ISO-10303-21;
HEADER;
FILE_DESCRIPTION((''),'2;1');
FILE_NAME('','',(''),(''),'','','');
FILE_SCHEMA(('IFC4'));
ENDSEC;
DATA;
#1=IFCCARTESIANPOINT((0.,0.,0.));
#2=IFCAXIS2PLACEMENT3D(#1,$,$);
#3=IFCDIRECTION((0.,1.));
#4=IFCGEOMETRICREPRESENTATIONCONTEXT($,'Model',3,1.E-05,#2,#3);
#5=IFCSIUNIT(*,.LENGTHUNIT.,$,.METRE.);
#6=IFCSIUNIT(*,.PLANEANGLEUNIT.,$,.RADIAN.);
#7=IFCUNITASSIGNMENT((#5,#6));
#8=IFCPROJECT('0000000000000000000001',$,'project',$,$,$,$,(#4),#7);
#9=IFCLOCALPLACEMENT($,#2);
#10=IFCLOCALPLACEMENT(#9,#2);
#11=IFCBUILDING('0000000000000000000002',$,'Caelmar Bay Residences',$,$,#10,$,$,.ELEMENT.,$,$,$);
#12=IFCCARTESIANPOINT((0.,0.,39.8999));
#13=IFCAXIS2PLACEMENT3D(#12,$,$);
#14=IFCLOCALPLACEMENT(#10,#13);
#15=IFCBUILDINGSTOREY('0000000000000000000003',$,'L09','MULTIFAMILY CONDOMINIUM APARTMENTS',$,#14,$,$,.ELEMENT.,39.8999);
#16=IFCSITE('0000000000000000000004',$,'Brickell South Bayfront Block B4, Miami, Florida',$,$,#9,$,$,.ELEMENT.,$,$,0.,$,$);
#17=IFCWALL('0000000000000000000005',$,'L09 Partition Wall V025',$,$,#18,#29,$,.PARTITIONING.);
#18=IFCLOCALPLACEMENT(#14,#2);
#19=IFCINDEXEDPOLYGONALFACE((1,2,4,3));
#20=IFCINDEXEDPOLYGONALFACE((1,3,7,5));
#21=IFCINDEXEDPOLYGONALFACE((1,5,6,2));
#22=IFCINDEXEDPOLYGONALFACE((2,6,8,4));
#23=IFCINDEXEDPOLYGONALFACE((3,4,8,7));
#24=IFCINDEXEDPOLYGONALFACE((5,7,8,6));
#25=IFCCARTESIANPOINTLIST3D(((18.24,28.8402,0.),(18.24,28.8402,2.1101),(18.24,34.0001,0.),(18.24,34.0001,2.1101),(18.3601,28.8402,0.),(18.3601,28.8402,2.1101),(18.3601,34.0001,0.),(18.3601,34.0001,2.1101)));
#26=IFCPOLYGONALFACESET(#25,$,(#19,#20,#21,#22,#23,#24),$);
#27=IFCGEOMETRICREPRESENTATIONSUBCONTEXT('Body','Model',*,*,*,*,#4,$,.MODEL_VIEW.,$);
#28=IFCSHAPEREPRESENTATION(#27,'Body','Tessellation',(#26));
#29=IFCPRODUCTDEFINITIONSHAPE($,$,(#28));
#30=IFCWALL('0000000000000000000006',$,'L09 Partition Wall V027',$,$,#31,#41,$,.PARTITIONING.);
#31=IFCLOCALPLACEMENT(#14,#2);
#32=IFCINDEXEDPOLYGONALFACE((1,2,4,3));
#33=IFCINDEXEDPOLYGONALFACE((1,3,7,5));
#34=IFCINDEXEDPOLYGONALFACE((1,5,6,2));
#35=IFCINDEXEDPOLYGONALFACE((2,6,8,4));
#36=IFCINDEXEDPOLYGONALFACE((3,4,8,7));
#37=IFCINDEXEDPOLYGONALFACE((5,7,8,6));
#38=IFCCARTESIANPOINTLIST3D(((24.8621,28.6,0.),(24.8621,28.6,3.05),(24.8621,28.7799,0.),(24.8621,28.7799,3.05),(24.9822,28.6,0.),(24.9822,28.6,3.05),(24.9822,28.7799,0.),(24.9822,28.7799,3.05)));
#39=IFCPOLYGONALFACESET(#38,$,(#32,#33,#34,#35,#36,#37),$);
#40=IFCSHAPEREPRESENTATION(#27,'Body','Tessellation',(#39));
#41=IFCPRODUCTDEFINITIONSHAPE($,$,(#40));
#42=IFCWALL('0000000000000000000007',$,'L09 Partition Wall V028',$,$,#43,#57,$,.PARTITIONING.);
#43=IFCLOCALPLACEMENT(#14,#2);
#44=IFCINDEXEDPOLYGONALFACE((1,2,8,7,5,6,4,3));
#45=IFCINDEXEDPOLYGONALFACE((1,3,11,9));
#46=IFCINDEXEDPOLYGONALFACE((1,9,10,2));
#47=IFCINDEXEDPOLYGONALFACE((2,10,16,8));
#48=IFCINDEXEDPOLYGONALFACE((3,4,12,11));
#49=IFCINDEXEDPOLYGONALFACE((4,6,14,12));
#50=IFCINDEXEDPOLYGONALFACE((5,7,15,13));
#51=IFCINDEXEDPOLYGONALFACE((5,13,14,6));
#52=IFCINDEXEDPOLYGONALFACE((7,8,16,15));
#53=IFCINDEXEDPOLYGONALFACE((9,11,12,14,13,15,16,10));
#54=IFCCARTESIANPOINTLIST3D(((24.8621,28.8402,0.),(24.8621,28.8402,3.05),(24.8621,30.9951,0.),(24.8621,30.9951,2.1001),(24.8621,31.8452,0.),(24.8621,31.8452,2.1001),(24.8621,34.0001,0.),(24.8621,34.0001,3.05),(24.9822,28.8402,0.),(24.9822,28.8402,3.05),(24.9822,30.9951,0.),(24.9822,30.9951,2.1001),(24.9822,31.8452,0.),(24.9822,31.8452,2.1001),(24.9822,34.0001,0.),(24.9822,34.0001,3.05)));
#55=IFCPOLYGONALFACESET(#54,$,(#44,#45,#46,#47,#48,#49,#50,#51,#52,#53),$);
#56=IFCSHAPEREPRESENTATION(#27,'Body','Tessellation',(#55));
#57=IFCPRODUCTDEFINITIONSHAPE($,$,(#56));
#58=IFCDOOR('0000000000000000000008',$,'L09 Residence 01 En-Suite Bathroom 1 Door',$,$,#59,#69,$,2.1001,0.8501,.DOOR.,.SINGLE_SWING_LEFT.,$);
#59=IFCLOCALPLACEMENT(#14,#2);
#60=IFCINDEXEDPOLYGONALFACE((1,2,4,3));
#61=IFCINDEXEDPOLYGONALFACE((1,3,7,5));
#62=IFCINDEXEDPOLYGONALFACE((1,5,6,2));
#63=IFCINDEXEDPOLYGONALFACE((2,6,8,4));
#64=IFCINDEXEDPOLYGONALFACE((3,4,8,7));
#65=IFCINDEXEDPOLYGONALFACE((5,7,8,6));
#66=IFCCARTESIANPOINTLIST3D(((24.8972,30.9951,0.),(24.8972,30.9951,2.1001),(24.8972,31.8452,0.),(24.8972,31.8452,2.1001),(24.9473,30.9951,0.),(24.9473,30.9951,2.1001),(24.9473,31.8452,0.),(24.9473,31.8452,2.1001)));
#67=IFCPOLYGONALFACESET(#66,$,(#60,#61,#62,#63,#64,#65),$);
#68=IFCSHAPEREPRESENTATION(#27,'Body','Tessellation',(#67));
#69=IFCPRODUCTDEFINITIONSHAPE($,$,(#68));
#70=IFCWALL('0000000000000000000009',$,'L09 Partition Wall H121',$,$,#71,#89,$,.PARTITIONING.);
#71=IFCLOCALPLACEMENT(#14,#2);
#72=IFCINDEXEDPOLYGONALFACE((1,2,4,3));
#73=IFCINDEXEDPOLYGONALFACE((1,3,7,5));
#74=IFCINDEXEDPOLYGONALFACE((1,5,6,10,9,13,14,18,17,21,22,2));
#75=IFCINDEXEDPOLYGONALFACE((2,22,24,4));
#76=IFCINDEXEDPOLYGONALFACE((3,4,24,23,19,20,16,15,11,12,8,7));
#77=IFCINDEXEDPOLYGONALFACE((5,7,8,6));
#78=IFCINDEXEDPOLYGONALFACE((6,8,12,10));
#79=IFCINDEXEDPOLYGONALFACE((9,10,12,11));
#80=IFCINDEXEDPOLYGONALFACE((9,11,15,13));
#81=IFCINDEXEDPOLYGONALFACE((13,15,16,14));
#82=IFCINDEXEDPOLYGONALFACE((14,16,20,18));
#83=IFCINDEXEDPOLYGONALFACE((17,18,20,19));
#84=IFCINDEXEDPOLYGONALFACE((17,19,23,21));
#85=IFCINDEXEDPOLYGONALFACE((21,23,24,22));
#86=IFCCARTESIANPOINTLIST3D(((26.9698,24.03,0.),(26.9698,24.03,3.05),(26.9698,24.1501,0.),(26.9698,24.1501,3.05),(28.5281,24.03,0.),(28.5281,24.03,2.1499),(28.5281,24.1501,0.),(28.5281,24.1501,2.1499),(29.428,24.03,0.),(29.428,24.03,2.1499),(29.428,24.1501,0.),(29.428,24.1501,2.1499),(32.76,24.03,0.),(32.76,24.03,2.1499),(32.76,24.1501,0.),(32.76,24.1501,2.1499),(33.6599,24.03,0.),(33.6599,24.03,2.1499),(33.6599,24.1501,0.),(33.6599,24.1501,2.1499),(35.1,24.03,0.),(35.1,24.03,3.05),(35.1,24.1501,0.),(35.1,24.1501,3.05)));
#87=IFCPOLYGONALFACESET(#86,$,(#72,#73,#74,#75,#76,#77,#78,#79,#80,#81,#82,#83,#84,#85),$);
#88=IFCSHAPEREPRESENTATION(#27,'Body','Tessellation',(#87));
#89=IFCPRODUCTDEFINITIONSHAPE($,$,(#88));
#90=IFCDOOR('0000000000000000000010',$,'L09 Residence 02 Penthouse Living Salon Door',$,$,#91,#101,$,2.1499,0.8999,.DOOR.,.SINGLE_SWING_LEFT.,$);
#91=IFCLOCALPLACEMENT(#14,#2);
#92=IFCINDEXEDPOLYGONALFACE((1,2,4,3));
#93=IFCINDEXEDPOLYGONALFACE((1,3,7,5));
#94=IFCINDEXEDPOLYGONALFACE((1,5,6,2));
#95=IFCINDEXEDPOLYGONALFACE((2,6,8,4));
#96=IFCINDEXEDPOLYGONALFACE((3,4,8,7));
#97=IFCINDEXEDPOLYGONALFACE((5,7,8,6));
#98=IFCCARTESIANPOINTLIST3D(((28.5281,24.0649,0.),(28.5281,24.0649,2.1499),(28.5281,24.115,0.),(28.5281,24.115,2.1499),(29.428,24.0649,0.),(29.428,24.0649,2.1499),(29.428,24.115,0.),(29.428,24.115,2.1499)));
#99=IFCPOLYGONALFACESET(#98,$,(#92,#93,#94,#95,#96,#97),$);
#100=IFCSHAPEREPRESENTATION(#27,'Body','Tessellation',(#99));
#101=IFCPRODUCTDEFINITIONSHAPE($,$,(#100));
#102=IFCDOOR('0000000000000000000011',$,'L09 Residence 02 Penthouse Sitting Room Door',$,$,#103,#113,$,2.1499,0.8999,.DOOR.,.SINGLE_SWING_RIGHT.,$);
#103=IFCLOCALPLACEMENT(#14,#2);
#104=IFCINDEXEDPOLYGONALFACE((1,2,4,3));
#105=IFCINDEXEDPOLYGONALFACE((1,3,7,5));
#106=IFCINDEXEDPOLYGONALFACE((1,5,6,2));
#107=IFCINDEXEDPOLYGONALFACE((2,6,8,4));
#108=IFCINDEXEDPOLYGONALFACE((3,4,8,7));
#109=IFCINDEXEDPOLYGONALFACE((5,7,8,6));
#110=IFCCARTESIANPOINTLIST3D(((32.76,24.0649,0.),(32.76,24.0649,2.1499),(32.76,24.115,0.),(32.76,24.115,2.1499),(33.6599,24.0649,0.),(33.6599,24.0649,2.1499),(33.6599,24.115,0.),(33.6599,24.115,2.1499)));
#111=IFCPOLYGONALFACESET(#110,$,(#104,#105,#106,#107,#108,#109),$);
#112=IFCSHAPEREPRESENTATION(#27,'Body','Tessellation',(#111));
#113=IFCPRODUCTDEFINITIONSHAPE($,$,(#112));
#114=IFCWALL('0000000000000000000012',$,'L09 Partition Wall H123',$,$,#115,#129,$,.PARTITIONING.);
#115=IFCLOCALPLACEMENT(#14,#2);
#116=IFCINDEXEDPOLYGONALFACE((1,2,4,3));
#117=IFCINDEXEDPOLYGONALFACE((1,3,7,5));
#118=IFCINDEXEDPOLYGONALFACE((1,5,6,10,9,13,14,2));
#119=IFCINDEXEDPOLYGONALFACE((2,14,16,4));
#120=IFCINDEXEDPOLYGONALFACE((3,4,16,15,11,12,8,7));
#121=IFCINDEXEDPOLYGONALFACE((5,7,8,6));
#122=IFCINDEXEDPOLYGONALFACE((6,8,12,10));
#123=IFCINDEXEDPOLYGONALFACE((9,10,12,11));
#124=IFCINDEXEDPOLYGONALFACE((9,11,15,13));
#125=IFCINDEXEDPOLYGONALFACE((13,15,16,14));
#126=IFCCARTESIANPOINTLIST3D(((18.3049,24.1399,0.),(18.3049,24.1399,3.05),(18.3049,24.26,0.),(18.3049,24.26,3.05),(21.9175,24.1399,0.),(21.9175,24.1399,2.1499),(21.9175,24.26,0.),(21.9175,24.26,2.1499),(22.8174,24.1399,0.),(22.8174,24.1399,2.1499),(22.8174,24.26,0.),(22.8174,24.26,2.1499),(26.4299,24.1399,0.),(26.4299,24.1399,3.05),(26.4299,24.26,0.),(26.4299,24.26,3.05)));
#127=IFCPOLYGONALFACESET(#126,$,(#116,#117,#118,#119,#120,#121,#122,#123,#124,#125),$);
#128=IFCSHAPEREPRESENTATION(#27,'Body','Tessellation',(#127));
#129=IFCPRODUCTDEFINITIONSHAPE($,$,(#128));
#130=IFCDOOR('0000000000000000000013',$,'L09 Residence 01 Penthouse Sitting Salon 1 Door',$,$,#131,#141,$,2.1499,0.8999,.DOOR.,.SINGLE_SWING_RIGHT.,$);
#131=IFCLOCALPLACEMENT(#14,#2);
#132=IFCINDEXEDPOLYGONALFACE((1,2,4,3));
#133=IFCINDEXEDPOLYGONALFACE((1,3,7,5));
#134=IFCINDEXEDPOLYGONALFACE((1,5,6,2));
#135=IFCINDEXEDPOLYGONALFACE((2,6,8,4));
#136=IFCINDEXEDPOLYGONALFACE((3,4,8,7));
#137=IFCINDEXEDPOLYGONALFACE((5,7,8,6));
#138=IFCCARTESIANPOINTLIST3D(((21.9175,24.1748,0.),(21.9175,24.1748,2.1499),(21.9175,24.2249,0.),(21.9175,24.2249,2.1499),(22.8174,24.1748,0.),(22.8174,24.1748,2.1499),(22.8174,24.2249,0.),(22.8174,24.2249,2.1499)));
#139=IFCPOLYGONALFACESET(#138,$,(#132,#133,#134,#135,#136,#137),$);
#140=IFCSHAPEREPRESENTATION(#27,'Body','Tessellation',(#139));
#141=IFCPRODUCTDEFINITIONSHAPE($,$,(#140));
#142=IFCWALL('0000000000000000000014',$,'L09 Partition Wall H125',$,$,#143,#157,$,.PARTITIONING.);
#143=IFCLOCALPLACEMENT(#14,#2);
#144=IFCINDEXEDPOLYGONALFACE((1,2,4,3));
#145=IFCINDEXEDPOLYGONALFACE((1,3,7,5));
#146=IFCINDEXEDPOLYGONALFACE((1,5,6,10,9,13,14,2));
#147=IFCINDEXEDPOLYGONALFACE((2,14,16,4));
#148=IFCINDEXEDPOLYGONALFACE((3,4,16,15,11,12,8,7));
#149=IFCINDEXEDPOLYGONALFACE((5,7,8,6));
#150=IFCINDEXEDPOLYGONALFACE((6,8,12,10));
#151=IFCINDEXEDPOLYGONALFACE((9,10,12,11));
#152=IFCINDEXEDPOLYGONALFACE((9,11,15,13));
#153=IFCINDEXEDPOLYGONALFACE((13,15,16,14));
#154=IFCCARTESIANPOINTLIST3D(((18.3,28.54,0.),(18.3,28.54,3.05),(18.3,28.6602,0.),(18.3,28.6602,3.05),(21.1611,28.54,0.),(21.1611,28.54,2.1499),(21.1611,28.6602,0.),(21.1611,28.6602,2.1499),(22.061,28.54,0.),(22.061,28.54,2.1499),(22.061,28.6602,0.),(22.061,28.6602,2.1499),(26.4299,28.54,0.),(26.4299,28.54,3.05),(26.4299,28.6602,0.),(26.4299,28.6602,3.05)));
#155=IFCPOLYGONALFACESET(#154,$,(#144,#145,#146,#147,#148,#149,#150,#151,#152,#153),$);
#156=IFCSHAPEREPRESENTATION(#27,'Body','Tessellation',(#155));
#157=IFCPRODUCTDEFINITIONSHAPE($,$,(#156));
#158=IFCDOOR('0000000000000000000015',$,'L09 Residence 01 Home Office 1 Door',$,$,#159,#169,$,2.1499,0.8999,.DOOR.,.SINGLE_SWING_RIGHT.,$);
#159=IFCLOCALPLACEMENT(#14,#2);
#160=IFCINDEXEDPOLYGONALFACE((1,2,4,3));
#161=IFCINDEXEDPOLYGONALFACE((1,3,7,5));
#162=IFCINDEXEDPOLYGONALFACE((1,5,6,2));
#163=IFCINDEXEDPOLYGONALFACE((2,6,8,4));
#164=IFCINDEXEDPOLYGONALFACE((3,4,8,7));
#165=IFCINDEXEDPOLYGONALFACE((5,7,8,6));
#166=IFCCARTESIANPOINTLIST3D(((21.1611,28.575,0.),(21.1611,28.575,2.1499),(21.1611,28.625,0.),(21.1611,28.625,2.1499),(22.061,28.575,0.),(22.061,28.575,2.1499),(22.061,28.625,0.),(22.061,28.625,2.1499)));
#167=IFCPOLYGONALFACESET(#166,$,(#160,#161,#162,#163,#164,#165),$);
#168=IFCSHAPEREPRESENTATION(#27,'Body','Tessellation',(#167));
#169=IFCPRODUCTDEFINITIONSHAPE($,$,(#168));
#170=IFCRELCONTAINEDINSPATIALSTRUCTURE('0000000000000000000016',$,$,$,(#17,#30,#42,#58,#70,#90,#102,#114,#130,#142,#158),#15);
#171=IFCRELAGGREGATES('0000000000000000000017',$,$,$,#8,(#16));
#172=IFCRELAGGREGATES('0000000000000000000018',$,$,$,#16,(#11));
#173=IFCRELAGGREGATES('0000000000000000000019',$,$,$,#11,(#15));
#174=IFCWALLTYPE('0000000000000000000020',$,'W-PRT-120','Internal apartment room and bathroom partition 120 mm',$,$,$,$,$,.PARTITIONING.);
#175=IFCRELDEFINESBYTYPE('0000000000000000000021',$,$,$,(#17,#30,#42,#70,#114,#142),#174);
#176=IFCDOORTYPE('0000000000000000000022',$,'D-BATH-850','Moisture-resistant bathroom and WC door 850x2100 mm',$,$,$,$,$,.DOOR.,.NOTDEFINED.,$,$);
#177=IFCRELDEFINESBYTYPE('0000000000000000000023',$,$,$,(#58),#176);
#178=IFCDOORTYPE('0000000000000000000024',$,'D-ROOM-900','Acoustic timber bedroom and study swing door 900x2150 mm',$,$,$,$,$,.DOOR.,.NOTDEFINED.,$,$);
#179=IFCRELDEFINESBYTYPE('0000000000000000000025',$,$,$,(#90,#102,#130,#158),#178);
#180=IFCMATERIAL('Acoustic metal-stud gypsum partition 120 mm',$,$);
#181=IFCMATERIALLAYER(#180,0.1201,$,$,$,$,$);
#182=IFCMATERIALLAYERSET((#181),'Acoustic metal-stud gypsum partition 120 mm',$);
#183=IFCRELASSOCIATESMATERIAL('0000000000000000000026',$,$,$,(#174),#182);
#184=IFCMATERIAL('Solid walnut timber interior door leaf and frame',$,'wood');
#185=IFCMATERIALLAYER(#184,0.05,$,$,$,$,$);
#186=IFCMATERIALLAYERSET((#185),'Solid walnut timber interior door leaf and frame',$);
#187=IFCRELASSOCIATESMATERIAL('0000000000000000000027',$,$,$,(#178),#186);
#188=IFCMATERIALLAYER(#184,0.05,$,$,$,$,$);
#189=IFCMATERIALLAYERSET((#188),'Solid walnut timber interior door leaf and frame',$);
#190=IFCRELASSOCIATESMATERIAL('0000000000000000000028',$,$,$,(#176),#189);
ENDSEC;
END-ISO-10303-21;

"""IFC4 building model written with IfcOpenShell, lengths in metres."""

from ifc_helpers import new_model, si_unit, direction, frame, frame_2d, origin, place, context, subcontext, project, spatial, rectangle, extrude, material, layer, layer_set, type_object, element, fill, save


model = new_model("IFC4")

# Units and contexts
model_context = context("Model", 3, precision=1e-05, world=origin(), true_north=direction((0.0, 1.0)))
body_context = subcontext(model_context, "Body", "Model", "MODEL_VIEW")
ifc_project = project(units=[si_unit("LENGTHUNIT", "METRE"), si_unit("PLANEANGLEUNIT", "RADIAN")], contexts=[model_context])

# Site, building, storey
site_placement = place(None, origin())
site = spatial("IfcSite", under=ifc_project, at=site_placement, Name="Brickell South Bayfront Block B4, Miami, Florida", CompositionType="ELEMENT", RefElevation=0.0)
building_placement = place(site_placement, origin())
building = spatial("IfcBuilding", under=site, at=building_placement, Name="Caelmar Bay Residences", CompositionType="ELEMENT")
storey_placement = place(building_placement, frame((0.0, 0.0, 39.8999)))
storey = spatial("IfcBuildingStorey", under=building, at=storey_placement, Name="L09", Description="MULTIFAMILY CONDOMINIUM APARTMENTS", CompositionType="ELEMENT", Elevation=39.8999)

# Shared definitions
ifc_material_1 = material(Name="Acoustic metal-stud gypsum partition 120 mm")
ifc_layer_1 = layer(ifc_material_1, 0.1201)
ifc_layer_set_1 = layer_set([ifc_layer_1], Name="Acoustic metal-stud gypsum partition 120 mm")
wall_type_1 = type_object("IfcWallType", Name="W-PRT-120", Description="Internal apartment room and bathroom partition 120 mm", PredefinedType="PARTITIONING", material=ifc_layer_set_1)

# Shared definitions
ifc_material_2 = material(Name="Solid walnut timber interior door leaf and frame", Category="wood")
ifc_layer_2 = layer(ifc_material_2, 0.05)
ifc_layer_set_2 = layer_set([ifc_layer_2], Name="Solid walnut timber interior door leaf and frame")
door_type_1 = type_object("IfcDoorType", Name="D-ROOM-900", Description="Acoustic timber bedroom and study swing door 900x2150 mm", OperationType="NOTDEFINED", PredefinedType="DOOR", material=ifc_layer_set_2)

# Walls
wall_1_placement = place(storey_placement, frame((18.3, 28.8401, 0.0), z_axis=(0.0, 0.0, 1.0), x_axis=(0.0, 1.0, 0.0)))
element("IfcWall", 1, at=wall_1_placement, inside=storey, type_object=wall_type_1, Name="L09 Partition Wall V025", PredefinedType="PARTITIONING", context=body_context, shape_type="SweptSolid", body=[
    extrude(rectangle(XDim=5.1599, YDim=0.1201, at=frame_2d((2.5801, 0.0))), origin(), (0.0, 0.0, 1.0), 2.1101),
])
wall_2_placement = place(storey_placement, frame((24.9221, 28.6001, 0.0), z_axis=(0.0, 0.0, 1.0), x_axis=(0.0, 1.0, 0.0)))
element("IfcWall", 2, at=wall_2_placement, inside=storey, type_object=wall_type_1, Name="L09 Partition Wall V027", PredefinedType="PARTITIONING", context=body_context, shape_type="SweptSolid", body=[
    extrude(rectangle(XDim=0.1799, YDim=0.1201, at=frame_2d((0.0898, 0.0))), origin(), (0.0, 0.0, 1.0), 3.05),
])

# Wall, opening, door
wall_3_placement = place(storey_placement, frame((24.9221, 28.8401, 0.0), z_axis=(0.0, 0.0, 1.0), x_axis=(0.0, 1.0, 0.0)))
wall_3 = element("IfcWall", 3, at=wall_3_placement, inside=storey, type_object=wall_type_1, Name="L09 Partition Wall V028", PredefinedType="PARTITIONING", context=body_context, shape_type="SweptSolid", body=[
    extrude(rectangle(XDim=5.1599, YDim=0.1201, at=frame_2d((2.5801, 0.0))), origin(), (0.0, 0.0, 1.0), 3.05),
])
opening_1_placement = place(wall_3_placement, frame((2.155, 0.0, 0.0)))
opening_1 = element("IfcOpeningElement", 4, at=opening_1_placement, cuts=wall_3, PredefinedType="OPENING", context=body_context, shape_type="SweptSolid", body=[
    extrude(rectangle(XDim=0.8501, YDim=2.1001, at=frame_2d((0.425, 1.05))), frame((0.0, 0.0701, 0.0), z_axis=(0.0, -1.0, 0.0), x_axis=(1.0, 0.0, 0.0)), (0.0, 0.0, 1.0), 0.1401),
])
ifc_layer_3 = layer(ifc_material_2, 0.05)
ifc_layer_set_3 = layer_set([ifc_layer_3], Name="Solid walnut timber interior door leaf and frame")
door_type_2 = type_object("IfcDoorType", Name="D-BATH-850", Description="Moisture-resistant bathroom and WC door 850x2100 mm", OperationType="NOTDEFINED", PredefinedType="DOOR", material=ifc_layer_set_3)
door_1_placement = place(opening_1_placement, origin())
door_1 = element("IfcDoor", 5, at=door_1_placement, inside=storey, type_object=door_type_2, Name="L09 Residence 01 En-Suite Bathroom 1 Door", OperationType="SINGLE_SWING_LEFT", OverallHeight=2.1001, OverallWidth=0.8501, PredefinedType="DOOR", context=body_context, shape_type="SweptSolid", body=[
    extrude(rectangle(XDim=0.8501, YDim=2.1001, at=frame_2d((0.425, 1.05))), frame((0.0, 0.0249, 0.0), z_axis=(0.0, -1.0, 0.0), x_axis=(1.0, 0.0, 0.0)), (0.0, 0.0, 1.0), 0.05),
])
fill(opening_1, door_1)

# Wall, openings, doors
wall_4_placement = place(storey_placement, frame((26.97, 24.0901, 0.0), z_axis=(0.0, 0.0, 1.0), x_axis=(1.0, 0.0, 0.0)))
wall_4 = element("IfcWall", 6, at=wall_4_placement, inside=storey, type_object=wall_type_1, Name="L09 Partition Wall H121", PredefinedType="PARTITIONING", context=body_context, shape_type="SweptSolid", body=[
    extrude(rectangle(XDim=8.1301, YDim=0.1201, at=frame_2d((4.0649, 0.0))), origin(), (0.0, 0.0, 1.0), 3.05),
])
opening_2_placement = place(wall_4_placement, frame((1.5581, 0.0, 0.0)))
opening_2 = element("IfcOpeningElement", 7, at=opening_2_placement, cuts=wall_4, PredefinedType="OPENING", context=body_context, shape_type="SweptSolid", body=[
    extrude(rectangle(XDim=0.8999, YDim=2.1499, at=frame_2d((0.45, 1.075))), frame((0.0, 0.0701, 0.0), z_axis=(0.0, -1.0, 0.0), x_axis=(1.0, 0.0, 0.0)), (0.0, 0.0, 1.0), 0.1401),
])
opening_3_placement = place(wall_4_placement, frame((5.79, 0.0, 0.0)))
opening_3 = element("IfcOpeningElement", 8, at=opening_3_placement, cuts=wall_4, PredefinedType="OPENING", context=body_context, shape_type="SweptSolid", body=[
    extrude(rectangle(XDim=0.8999, YDim=2.1499, at=frame_2d((0.45, 1.075))), frame((0.0, 0.0701, 0.0), z_axis=(0.0, -1.0, 0.0), x_axis=(1.0, 0.0, 0.0)), (0.0, 0.0, 1.0), 0.1401),
])
door_2_placement = place(opening_2_placement, origin())
door_2 = element("IfcDoor", 9, at=door_2_placement, inside=storey, type_object=door_type_1, Name="L09 Residence 02 Penthouse Living Salon Door", OperationType="SINGLE_SWING_LEFT", OverallHeight=2.1499, OverallWidth=0.8999, PredefinedType="DOOR", context=body_context, shape_type="SweptSolid", body=[
    extrude(rectangle(XDim=0.8999, YDim=2.1499, at=frame_2d((0.45, 1.075))), frame((0.0, 0.0249, 0.0), z_axis=(0.0, -1.0, 0.0), x_axis=(1.0, 0.0, 0.0)), (0.0, 0.0, 1.0), 0.05),
])
fill(opening_2, door_2)
door_3_placement = place(opening_3_placement, origin())
door_3 = element("IfcDoor", 10, at=door_3_placement, inside=storey, type_object=door_type_1, Name="L09 Residence 02 Penthouse Sitting Room Door", OperationType="SINGLE_SWING_RIGHT", OverallHeight=2.1499, OverallWidth=0.8999, PredefinedType="DOOR", context=body_context, shape_type="SweptSolid", body=[
    extrude(rectangle(XDim=0.8999, YDim=2.1499, at=frame_2d((0.45, 1.075))), frame((0.0, 0.0249, 0.0), z_axis=(0.0, -1.0, 0.0), x_axis=(1.0, 0.0, 0.0)), (0.0, 0.0, 1.0), 0.05),
])
fill(opening_3, door_3)

# Walls, openings, doors
wall_5_placement = place(storey_placement, frame((18.3049, 24.2, 0.0), z_axis=(0.0, 0.0, 1.0), x_axis=(1.0, 0.0, 0.0)))
wall_5 = element("IfcWall", 11, at=wall_5_placement, inside=storey, type_object=wall_type_1, Name="L09 Partition Wall H123", PredefinedType="PARTITIONING", context=body_context, shape_type="SweptSolid", body=[
    extrude(rectangle(XDim=8.125, YDim=0.1201, at=frame_2d((4.0625, 0.0))), origin(), (0.0, 0.0, 1.0), 3.05),
])
opening_4_placement = place(wall_5_placement, frame((3.6125, 0.0, 0.0)))
opening_4 = element("IfcOpeningElement", 12, at=opening_4_placement, cuts=wall_5, PredefinedType="OPENING", context=body_context, shape_type="SweptSolid", body=[
    extrude(rectangle(XDim=0.8999, YDim=2.1499, at=frame_2d((0.45, 1.075))), frame((0.0, 0.0701, 0.0), z_axis=(0.0, -1.0, 0.0), x_axis=(1.0, 0.0, 0.0)), (0.0, 0.0, 1.0), 0.1401),
])
door_4_placement = place(opening_4_placement, origin())
door_4 = element("IfcDoor", 13, at=door_4_placement, inside=storey, type_object=door_type_1, Name="L09 Residence 01 Penthouse Sitting Salon 1 Door", OperationType="SINGLE_SWING_RIGHT", OverallHeight=2.1499, OverallWidth=0.8999, PredefinedType="DOOR", context=body_context, shape_type="SweptSolid", body=[
    extrude(rectangle(XDim=0.8999, YDim=2.1499, at=frame_2d((0.45, 1.075))), frame((0.0, 0.0249, 0.0), z_axis=(0.0, -1.0, 0.0), x_axis=(1.0, 0.0, 0.0)), (0.0, 0.0, 1.0), 0.05),
])
fill(opening_4, door_4)
wall_6_placement = place(storey_placement, frame((18.3, 28.6001, 0.0), z_axis=(0.0, 0.0, 1.0), x_axis=(1.0, 0.0, 0.0)))
wall_6 = element("IfcWall", 14, at=wall_6_placement, inside=storey, type_object=wall_type_1, Name="L09 Partition Wall H125", PredefinedType="PARTITIONING", context=body_context, shape_type="SweptSolid", body=[
    extrude(rectangle(XDim=8.1299, YDim=0.1201, at=frame_2d((4.0649, 0.0))), origin(), (0.0, 0.0, 1.0), 3.05),
])
opening_5_placement = place(wall_6_placement, frame((2.8611, 0.0, 0.0)))
opening_5 = element("IfcOpeningElement", 15, at=opening_5_placement, cuts=wall_6, PredefinedType="OPENING", context=body_context, shape_type="SweptSolid", body=[
    extrude(rectangle(XDim=0.8999, YDim=2.1499, at=frame_2d((0.45, 1.075))), frame((0.0, 0.0701, 0.0), z_axis=(0.0, -1.0, 0.0), x_axis=(1.0, 0.0, 0.0)), (0.0, 0.0, 1.0), 0.1401),
])
door_5_placement = place(opening_5_placement, origin())
door_5 = element("IfcDoor", 16, at=door_5_placement, inside=storey, type_object=door_type_1, Name="L09 Residence 01 Home Office 1 Door", OperationType="SINGLE_SWING_RIGHT", OverallHeight=2.1499, OverallWidth=0.8999, PredefinedType="DOOR", context=body_context, shape_type="SweptSolid", body=[
    extrude(rectangle(XDim=0.8999, YDim=2.1499, at=frame_2d((0.45, 1.075))), frame((0.0, 0.0249, 0.0), z_axis=(0.0, -1.0, 0.0), x_axis=(1.0, 0.0, 0.0)), (0.0, 0.0, 1.0), 0.05),
])
fill(opening_5, door_5)

save(model, "model.ifc")
